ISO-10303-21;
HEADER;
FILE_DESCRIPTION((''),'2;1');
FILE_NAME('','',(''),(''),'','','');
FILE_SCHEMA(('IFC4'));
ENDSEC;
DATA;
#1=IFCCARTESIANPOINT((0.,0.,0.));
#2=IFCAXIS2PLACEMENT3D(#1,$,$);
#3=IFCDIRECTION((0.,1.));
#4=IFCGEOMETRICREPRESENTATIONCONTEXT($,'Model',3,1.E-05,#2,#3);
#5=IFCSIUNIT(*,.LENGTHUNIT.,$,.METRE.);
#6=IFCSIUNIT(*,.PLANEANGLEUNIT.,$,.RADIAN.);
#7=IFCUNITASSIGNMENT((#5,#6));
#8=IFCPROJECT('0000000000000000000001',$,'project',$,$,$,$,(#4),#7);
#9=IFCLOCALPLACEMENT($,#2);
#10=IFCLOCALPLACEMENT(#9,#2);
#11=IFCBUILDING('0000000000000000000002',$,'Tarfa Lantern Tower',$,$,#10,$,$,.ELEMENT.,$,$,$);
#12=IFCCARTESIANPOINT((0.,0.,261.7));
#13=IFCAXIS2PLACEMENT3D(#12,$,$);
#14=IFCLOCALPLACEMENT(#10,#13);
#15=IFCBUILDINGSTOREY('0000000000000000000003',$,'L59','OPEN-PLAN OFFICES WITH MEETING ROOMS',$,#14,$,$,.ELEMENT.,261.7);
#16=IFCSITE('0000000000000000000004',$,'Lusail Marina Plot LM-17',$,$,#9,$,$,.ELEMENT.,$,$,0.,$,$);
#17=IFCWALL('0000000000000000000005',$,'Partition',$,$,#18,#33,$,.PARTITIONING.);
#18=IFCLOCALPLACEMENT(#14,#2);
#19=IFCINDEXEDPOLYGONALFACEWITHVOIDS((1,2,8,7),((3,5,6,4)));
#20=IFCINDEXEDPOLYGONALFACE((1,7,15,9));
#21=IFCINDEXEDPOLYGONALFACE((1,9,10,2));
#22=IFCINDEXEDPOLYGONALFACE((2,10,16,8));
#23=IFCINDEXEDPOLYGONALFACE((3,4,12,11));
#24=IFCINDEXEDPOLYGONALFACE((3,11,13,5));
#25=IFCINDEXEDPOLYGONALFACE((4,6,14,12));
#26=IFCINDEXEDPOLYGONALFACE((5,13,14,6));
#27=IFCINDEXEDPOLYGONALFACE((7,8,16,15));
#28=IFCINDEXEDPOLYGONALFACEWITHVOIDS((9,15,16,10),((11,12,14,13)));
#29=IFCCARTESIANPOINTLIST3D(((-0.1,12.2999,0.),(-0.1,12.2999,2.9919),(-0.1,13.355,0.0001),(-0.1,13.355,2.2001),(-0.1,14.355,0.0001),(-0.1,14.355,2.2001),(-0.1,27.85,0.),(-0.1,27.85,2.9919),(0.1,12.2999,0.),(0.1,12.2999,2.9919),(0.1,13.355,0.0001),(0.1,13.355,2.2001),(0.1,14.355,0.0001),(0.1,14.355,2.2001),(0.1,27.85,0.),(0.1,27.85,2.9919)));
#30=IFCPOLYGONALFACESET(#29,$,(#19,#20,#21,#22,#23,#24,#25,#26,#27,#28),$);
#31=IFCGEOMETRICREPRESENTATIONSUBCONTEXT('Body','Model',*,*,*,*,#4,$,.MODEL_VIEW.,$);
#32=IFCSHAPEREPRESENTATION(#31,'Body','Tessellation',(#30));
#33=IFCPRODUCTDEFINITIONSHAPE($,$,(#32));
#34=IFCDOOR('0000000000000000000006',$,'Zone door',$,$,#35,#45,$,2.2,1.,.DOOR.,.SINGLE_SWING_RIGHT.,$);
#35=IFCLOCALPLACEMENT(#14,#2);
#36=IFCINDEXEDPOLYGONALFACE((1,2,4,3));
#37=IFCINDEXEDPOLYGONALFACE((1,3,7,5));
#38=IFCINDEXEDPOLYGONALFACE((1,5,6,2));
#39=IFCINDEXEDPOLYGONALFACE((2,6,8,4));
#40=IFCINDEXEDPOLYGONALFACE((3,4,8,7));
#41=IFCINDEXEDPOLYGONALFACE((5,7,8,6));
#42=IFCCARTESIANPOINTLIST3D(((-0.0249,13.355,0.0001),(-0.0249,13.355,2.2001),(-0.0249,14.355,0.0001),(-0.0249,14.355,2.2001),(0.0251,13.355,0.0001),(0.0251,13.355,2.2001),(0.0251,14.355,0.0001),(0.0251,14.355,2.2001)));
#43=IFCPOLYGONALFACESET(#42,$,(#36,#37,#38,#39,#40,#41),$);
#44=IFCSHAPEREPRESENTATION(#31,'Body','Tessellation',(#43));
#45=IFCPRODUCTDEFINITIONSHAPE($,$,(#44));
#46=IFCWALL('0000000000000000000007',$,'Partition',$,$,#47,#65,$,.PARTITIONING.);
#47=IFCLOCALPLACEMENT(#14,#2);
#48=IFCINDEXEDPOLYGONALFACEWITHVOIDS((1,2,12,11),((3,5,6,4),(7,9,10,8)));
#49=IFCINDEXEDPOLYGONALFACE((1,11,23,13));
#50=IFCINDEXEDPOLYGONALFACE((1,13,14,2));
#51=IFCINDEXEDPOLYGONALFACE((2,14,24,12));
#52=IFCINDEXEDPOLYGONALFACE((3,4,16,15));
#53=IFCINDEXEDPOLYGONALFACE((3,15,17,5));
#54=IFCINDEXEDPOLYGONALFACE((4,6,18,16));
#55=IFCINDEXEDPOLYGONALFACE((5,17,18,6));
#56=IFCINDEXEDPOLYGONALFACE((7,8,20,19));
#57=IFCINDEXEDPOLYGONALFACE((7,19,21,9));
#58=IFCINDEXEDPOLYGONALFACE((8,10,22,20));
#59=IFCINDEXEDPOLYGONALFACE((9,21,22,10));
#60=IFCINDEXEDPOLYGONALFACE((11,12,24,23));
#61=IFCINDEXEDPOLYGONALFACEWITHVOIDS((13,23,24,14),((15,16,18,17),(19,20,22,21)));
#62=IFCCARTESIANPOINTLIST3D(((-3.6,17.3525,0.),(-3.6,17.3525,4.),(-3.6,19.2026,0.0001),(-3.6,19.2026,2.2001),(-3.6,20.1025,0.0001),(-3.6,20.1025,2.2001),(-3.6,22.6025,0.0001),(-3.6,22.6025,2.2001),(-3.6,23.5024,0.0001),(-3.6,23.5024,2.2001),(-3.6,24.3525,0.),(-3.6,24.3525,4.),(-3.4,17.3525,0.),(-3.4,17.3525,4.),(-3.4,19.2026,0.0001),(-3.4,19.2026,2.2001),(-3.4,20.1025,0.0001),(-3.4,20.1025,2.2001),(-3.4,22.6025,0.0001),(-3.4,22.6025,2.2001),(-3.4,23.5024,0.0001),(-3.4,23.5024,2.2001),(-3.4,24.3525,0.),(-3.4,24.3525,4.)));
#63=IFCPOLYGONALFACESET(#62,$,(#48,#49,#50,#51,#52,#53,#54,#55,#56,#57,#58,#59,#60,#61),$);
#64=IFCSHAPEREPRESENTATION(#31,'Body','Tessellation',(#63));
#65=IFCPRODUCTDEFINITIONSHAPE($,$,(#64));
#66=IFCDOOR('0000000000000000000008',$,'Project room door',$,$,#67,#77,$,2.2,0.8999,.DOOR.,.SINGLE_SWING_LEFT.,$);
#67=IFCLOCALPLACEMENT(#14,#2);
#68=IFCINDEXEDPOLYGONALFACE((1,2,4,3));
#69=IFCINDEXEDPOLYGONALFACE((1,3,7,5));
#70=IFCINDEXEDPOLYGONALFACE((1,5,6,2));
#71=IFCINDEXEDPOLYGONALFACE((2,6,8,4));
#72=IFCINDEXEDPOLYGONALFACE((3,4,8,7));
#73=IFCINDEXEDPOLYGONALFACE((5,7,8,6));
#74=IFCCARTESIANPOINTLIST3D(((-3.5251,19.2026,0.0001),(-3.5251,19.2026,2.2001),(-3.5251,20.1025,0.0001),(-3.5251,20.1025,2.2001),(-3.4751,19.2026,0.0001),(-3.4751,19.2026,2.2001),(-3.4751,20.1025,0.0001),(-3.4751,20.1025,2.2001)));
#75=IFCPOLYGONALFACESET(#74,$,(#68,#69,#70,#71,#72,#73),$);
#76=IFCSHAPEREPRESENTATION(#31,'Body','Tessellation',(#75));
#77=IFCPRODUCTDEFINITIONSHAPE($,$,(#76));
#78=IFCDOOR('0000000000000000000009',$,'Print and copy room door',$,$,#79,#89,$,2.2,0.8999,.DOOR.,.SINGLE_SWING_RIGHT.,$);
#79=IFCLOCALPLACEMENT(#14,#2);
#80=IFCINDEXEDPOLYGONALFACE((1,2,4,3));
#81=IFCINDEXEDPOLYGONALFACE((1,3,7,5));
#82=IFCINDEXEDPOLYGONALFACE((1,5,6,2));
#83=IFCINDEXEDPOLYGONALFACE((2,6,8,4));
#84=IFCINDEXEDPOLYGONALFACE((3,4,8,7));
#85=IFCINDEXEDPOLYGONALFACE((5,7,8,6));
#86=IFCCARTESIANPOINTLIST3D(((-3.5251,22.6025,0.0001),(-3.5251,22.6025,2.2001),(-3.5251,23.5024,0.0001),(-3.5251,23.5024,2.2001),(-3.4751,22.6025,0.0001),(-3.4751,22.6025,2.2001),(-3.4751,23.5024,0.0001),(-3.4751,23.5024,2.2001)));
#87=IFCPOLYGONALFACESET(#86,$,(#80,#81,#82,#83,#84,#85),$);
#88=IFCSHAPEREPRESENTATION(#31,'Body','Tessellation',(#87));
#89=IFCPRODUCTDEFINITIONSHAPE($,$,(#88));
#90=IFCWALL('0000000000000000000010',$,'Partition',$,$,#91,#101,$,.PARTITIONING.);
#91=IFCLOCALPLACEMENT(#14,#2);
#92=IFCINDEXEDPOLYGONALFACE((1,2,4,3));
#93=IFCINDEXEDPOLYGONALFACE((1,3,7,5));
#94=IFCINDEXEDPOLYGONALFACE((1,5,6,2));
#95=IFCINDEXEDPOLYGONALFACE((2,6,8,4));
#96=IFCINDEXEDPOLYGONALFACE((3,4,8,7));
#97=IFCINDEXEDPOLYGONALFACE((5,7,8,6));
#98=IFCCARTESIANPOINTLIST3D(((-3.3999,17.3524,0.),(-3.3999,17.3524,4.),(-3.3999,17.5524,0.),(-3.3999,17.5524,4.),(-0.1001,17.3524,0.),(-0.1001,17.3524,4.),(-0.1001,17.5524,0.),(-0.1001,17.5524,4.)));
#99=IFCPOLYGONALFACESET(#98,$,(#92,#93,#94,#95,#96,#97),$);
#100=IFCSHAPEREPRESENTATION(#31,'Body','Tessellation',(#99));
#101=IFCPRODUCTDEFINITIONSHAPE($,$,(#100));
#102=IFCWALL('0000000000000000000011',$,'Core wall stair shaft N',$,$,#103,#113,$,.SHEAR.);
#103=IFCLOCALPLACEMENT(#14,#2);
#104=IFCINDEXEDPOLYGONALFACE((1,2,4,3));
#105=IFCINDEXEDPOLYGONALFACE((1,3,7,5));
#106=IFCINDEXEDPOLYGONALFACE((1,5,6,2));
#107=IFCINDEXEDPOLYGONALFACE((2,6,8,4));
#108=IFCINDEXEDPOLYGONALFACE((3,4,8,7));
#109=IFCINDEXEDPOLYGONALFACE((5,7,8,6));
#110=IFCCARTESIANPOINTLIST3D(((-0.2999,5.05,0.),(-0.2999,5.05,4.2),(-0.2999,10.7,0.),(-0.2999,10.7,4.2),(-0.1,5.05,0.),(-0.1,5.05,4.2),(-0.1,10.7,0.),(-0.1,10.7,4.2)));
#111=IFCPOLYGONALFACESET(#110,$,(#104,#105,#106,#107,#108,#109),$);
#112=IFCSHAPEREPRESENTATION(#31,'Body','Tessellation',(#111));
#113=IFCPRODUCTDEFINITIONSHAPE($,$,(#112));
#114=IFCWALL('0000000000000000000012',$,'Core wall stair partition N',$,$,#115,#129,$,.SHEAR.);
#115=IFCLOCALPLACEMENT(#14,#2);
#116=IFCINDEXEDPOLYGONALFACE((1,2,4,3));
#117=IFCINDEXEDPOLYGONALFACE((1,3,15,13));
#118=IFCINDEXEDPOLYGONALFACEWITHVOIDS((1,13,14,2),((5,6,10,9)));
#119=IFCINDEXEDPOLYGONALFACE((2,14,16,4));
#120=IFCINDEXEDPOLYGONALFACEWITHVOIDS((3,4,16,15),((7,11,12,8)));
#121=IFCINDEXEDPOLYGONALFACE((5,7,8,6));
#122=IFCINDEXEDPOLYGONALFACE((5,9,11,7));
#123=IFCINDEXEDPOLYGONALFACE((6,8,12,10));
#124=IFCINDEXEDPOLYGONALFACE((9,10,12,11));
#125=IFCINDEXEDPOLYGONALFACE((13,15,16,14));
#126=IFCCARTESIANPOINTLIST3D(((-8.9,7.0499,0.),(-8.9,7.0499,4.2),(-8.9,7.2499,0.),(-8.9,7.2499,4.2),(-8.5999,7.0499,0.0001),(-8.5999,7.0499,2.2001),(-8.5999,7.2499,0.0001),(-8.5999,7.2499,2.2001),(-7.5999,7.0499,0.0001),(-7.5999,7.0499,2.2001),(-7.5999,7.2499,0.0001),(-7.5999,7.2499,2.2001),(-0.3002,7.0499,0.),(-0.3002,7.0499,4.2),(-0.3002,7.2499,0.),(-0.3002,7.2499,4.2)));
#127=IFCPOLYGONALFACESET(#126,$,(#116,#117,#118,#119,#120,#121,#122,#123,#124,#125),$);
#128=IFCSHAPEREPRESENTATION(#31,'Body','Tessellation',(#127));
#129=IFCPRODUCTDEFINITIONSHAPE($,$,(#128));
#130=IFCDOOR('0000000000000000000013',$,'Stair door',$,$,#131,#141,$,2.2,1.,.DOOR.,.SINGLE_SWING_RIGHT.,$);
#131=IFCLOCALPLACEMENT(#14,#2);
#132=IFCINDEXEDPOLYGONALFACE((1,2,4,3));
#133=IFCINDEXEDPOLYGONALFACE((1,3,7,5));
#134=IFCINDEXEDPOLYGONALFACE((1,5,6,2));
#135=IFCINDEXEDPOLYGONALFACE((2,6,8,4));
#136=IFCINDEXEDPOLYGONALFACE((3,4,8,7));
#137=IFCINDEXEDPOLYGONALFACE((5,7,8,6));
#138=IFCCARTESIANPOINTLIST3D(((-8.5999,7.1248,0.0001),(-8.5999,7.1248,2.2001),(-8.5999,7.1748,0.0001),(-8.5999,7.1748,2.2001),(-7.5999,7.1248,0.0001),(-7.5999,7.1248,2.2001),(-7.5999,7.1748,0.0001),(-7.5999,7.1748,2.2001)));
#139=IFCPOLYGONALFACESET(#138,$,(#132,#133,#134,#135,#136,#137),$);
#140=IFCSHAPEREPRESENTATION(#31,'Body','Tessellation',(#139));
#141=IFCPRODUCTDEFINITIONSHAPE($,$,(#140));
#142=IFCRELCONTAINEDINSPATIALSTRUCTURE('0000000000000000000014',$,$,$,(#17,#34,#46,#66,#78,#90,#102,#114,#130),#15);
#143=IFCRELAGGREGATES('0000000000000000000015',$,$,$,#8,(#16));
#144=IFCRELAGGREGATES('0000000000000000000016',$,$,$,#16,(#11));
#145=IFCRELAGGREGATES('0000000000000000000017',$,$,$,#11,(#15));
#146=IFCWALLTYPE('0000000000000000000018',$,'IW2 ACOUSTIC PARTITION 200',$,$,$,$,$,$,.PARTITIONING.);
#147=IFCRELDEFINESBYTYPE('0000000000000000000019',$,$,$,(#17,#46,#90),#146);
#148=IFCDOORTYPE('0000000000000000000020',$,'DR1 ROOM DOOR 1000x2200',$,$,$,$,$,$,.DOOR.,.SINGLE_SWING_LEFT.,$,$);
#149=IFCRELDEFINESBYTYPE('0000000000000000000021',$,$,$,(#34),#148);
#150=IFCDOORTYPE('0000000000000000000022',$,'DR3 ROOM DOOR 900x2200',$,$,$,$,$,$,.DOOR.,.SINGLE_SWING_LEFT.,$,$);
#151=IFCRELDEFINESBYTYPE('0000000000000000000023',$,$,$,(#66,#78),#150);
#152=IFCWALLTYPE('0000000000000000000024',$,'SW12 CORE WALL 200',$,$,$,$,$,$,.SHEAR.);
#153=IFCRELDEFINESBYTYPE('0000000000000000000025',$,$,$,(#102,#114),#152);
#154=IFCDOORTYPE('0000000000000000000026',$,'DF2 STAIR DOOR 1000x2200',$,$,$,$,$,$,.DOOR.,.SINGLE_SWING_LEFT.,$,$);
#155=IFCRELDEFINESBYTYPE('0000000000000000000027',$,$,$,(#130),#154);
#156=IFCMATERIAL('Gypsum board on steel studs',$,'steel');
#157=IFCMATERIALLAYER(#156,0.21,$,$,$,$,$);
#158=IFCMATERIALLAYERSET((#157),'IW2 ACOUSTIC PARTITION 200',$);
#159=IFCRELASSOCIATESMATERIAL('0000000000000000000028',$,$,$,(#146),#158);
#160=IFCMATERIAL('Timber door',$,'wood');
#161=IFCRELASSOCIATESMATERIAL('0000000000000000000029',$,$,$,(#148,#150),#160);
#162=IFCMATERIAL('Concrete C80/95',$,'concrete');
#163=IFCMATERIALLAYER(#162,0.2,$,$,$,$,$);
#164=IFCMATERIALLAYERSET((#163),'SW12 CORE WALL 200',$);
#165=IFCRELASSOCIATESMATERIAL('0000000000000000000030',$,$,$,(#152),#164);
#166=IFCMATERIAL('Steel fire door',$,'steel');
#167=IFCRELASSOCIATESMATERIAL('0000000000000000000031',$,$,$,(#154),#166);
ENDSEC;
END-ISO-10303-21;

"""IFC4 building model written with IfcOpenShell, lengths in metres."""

from ifc_helpers import new_model, si_unit, direction, frame, frame_2d, origin, place, context, subcontext, project, spatial, rectangle, extrude, material, layer, layer_set, type_object, element, fill, save


model = new_model("IFC4")

# Units and contexts
model_context = context("Model", 3, precision=1e-05, world=origin(), true_north=direction((0.0, 1.0)))
body_context = subcontext(model_context, "Body", "Model", "MODEL_VIEW")
ifc_project = project(units=[si_unit("LENGTHUNIT", "METRE"), si_unit("PLANEANGLEUNIT", "RADIAN")], contexts=[model_context])

# Site, building, storey
site_placement = place(None, origin())
site = spatial("IfcSite", under=ifc_project, at=site_placement, Name="Lusail Marina Plot LM-17", CompositionType="ELEMENT", RefElevation=0.0)
building_placement = place(site_placement, origin())
building = spatial("IfcBuilding", under=site, at=building_placement, Name="Tarfa Lantern Tower", CompositionType="ELEMENT")
storey_placement = place(building_placement, frame((0.0, 0.0, 261.7)))
storey = spatial("IfcBuildingStorey", under=building, at=storey_placement, Name="L59", Description="OPEN-PLAN OFFICES WITH MEETING ROOMS", CompositionType="ELEMENT", Elevation=261.7)

# Wall, opening, door
ifc_material_1 = material(Name="Gypsum board on steel studs", Category="steel")
ifc_layer_1 = layer(ifc_material_1, 0.21)
ifc_layer_set_1 = layer_set([ifc_layer_1], Name="IW2 ACOUSTIC PARTITION 200")
wall_type_1 = type_object("IfcWallType", Name="IW2 ACOUSTIC PARTITION 200", PredefinedType="PARTITIONING", material=ifc_layer_set_1)
wall_1_placement = place(storey_placement, frame((0.0, 12.3, 0.0), z_axis=(0.0, 0.0, 1.0), x_axis=(0.0, 1.0, 0.0)))
wall_1 = element("IfcWall", 1, at=wall_1_placement, inside=storey, type_object=wall_type_1, Name="Partition", PredefinedType="PARTITIONING", context=body_context, shape_type="SweptSolid", body=[
    extrude(rectangle(XDim=15.55, YDim=0.2, at=frame_2d((7.7749, 0.0))), origin(), (0.0, 0.0, 1.0), 2.9919),
])
opening_1_placement = place(wall_1_placement, frame((1.0549, 0.0, 0.0)))
opening_1 = element("IfcOpeningElement", 2, at=opening_1_placement, cuts=wall_1, PredefinedType="OPENING", context=body_context, shape_type="SweptSolid", body=[
    extrude(rectangle(XDim=1.0, YDim=2.2, at=frame_2d((0.5, 1.1001))), frame((0.0, 0.1099, 0.0), z_axis=(0.0, -1.0, 0.0), x_axis=(1.0, 0.0, 0.0)), (0.0, 0.0, 1.0), 0.22),
])
ifc_material_2 = material(Name="Timber door", Category="wood")
door_type_1 = type_object("IfcDoorType", Name="DR1 ROOM DOOR 1000x2200", OperationType="SINGLE_SWING_LEFT", PredefinedType="DOOR", material=ifc_material_2)
door_1_placement = place(opening_1_placement, origin())
door_1 = element("IfcDoor", 3, at=door_1_placement, inside=storey, type_object=door_type_1, Name="Zone door", OperationType="SINGLE_SWING_RIGHT", OverallHeight=2.2, OverallWidth=1.0, PredefinedType="DOOR", context=body_context, shape_type="SweptSolid", body=[
    extrude(rectangle(XDim=1.0, YDim=2.2, at=frame_2d((0.5, 1.1001))), frame((0.0, 0.0249, 0.0), z_axis=(0.0, -1.0, 0.0), x_axis=(1.0, 0.0, 0.0)), (0.0, 0.0, 1.0), 0.05),
])
fill(opening_1, door_1)

# Wall, openings, doors
wall_2_placement = place(storey_placement, frame((-3.5, 17.3525, 0.0), z_axis=(0.0, 0.0, 1.0), x_axis=(0.0, 1.0, 0.0)))
wall_2 = element("IfcWall", 4, at=wall_2_placement, inside=storey, type_object=wall_type_1, Name="Partition", PredefinedType="PARTITIONING", context=body_context, shape_type="SweptSolid", body=[
    extrude(rectangle(XDim=7.0, YDim=0.2, at=frame_2d((3.5, 0.0))), origin(), (0.0, 0.0, 1.0), 4.0),
])
opening_2_placement = place(wall_2_placement, frame((1.8501, 0.0, 0.0)))
opening_2 = element("IfcOpeningElement", 5, at=opening_2_placement, cuts=wall_2, PredefinedType="OPENING", context=body_context, shape_type="SweptSolid", body=[
    extrude(rectangle(XDim=0.8999, YDim=2.2, at=frame_2d((0.45, 1.1001))), frame((0.0, 0.1099, 0.0), z_axis=(0.0, -1.0, 0.0), x_axis=(1.0, 0.0, 0.0)), (0.0, 0.0, 1.0), 0.22),
])
opening_3_placement = place(wall_2_placement, frame((5.25, 0.0, 0.0)))
opening_3 = element("IfcOpeningElement", 6, at=opening_3_placement, cuts=wall_2, PredefinedType="OPENING", context=body_context, shape_type="SweptSolid", body=[
    extrude(rectangle(XDim=0.8999, YDim=2.2, at=frame_2d((0.45, 1.1001))), frame((0.0, 0.1099, 0.0), z_axis=(0.0, -1.0, 0.0), x_axis=(1.0, 0.0, 0.0)), (0.0, 0.0, 1.0), 0.22),
])
door_type_2 = type_object("IfcDoorType", Name="DR3 ROOM DOOR 900x2200", OperationType="SINGLE_SWING_LEFT", PredefinedType="DOOR", material=ifc_material_2)
door_2_placement = place(opening_2_placement, frame((0.8999, 0.0, 0.0), z_axis=(0.0, 0.0, 1.0), x_axis=(-1.0, 0.0, 0.0)))
door_2 = element("IfcDoor", 7, at=door_2_placement, inside=storey, type_object=door_type_2, Name="Project room door", OperationType="SINGLE_SWING_LEFT", OverallHeight=2.2, OverallWidth=0.8999, PredefinedType="DOOR", context=body_context, shape_type="SweptSolid", body=[
    extrude(rectangle(XDim=0.8999, YDim=2.2, at=frame_2d((0.45, 1.1001))), frame((0.0, 0.0249, 0.0), z_axis=(0.0, -1.0, 0.0), x_axis=(1.0, 0.0, 0.0)), (0.0, 0.0, 1.0), 0.05),
])
fill(opening_2, door_2)
door_3_placement = place(opening_3_placement, frame((0.8999, 0.0, 0.0), z_axis=(0.0, 0.0, 1.0), x_axis=(-1.0, 0.0, 0.0)))
door_3 = element("IfcDoor", 8, at=door_3_placement, inside=storey, type_object=door_type_2, Name="Print and copy room door", OperationType="SINGLE_SWING_RIGHT", OverallHeight=2.2, OverallWidth=0.8999, PredefinedType="DOOR", context=body_context, shape_type="SweptSolid", body=[
    extrude(rectangle(XDim=0.8999, YDim=2.2, at=frame_2d((0.45, 1.1001))), frame((0.0, 0.0249, 0.0), z_axis=(0.0, -1.0, 0.0), x_axis=(1.0, 0.0, 0.0)), (0.0, 0.0, 1.0), 0.05),
])
fill(opening_3, door_3)

# Walls
wall_3_placement = place(storey_placement, frame((-0.1001, 17.4524, 0.0), z_axis=(0.0, 0.0, 1.0), x_axis=(-1.0, 0.0, 0.0)))
element("IfcWall", 9, at=wall_3_placement, inside=storey, type_object=wall_type_1, Name="Partition", PredefinedType="PARTITIONING", context=body_context, shape_type="SweptSolid", body=[
    extrude(rectangle(XDim=3.2998, YDim=0.2, at=frame_2d((1.6499, 0.0))), origin(), (0.0, 0.0, 1.0), 4.0),
])
ifc_material_3 = material(Name="Concrete C80/95", Category="concrete")
ifc_layer_2 = layer(ifc_material_3, 0.2)
ifc_layer_set_2 = layer_set([ifc_layer_2], Name="SW12 CORE WALL 200")
wall_type_2 = type_object("IfcWallType", Name="SW12 CORE WALL 200", PredefinedType="SHEAR", material=ifc_layer_set_2)
wall_4_placement = place(storey_placement, frame((-0.2, 5.05, 0.0), z_axis=(0.0, 0.0, 1.0), x_axis=(0.0, 1.0, 0.0)))
element("IfcWall", 10, at=wall_4_placement, inside=storey, type_object=wall_type_2, Name="Core wall stair shaft N", PredefinedType="SHEAR", context=body_context, shape_type="SweptSolid", body=[
    extrude(rectangle(XDim=5.6499, YDim=0.2, at=frame_2d((2.825, 0.0))), origin(), (0.0, 0.0, 1.0), 4.2),
])

# Wall, opening, door
wall_5_placement = place(storey_placement, frame((-8.8999, 7.1499, 0.0), z_axis=(0.0, 0.0, 1.0), x_axis=(1.0, 0.0, 0.0)))
wall_5 = element("IfcWall", 11, at=wall_5_placement, inside=storey, type_object=wall_type_2, Name="Core wall stair partition N", PredefinedType="SHEAR", context=body_context, shape_type="SweptSolid", body=[
    extrude(rectangle(XDim=8.5999, YDim=0.2, at=frame_2d((4.2998, 0.0))), origin(), (0.0, 0.0, 1.0), 4.2),
])
opening_4_placement = place(wall_5_placement, frame((0.3, 0.0, 0.0)))
opening_4 = element("IfcOpeningElement", 12, at=opening_4_placement, cuts=wall_5, PredefinedType="OPENING", context=body_context, shape_type="SweptSolid", body=[
    extrude(rectangle(XDim=1.0, YDim=2.2, at=frame_2d((0.5, 1.1001))), frame((0.0, 0.1099, 0.0), z_axis=(0.0, -1.0, 0.0), x_axis=(1.0, 0.0, 0.0)), (0.0, 0.0, 1.0), 0.22),
])
ifc_material_4 = material(Name="Steel fire door", Category="steel")
door_type_3 = type_object("IfcDoorType", Name="DF2 STAIR DOOR 1000x2200", OperationType="SINGLE_SWING_LEFT", PredefinedType="DOOR", material=ifc_material_4)
door_4_placement = place(opening_4_placement, origin())
door_4 = element("IfcDoor", 13, at=door_4_placement, inside=storey, type_object=door_type_3, Name="Stair door", OperationType="SINGLE_SWING_RIGHT", OverallHeight=2.2, OverallWidth=1.0, PredefinedType="DOOR", context=body_context, shape_type="SweptSolid", body=[
    extrude(rectangle(XDim=1.0, YDim=2.2, at=frame_2d((0.5, 1.1001))), frame((0.0, 0.0249, 0.0), z_axis=(0.0, -1.0, 0.0), x_axis=(1.0, 0.0, 0.0)), (0.0, 0.0, 1.0), 0.05),
])
fill(opening_4, door_4)

save(model, "model.ifc")
